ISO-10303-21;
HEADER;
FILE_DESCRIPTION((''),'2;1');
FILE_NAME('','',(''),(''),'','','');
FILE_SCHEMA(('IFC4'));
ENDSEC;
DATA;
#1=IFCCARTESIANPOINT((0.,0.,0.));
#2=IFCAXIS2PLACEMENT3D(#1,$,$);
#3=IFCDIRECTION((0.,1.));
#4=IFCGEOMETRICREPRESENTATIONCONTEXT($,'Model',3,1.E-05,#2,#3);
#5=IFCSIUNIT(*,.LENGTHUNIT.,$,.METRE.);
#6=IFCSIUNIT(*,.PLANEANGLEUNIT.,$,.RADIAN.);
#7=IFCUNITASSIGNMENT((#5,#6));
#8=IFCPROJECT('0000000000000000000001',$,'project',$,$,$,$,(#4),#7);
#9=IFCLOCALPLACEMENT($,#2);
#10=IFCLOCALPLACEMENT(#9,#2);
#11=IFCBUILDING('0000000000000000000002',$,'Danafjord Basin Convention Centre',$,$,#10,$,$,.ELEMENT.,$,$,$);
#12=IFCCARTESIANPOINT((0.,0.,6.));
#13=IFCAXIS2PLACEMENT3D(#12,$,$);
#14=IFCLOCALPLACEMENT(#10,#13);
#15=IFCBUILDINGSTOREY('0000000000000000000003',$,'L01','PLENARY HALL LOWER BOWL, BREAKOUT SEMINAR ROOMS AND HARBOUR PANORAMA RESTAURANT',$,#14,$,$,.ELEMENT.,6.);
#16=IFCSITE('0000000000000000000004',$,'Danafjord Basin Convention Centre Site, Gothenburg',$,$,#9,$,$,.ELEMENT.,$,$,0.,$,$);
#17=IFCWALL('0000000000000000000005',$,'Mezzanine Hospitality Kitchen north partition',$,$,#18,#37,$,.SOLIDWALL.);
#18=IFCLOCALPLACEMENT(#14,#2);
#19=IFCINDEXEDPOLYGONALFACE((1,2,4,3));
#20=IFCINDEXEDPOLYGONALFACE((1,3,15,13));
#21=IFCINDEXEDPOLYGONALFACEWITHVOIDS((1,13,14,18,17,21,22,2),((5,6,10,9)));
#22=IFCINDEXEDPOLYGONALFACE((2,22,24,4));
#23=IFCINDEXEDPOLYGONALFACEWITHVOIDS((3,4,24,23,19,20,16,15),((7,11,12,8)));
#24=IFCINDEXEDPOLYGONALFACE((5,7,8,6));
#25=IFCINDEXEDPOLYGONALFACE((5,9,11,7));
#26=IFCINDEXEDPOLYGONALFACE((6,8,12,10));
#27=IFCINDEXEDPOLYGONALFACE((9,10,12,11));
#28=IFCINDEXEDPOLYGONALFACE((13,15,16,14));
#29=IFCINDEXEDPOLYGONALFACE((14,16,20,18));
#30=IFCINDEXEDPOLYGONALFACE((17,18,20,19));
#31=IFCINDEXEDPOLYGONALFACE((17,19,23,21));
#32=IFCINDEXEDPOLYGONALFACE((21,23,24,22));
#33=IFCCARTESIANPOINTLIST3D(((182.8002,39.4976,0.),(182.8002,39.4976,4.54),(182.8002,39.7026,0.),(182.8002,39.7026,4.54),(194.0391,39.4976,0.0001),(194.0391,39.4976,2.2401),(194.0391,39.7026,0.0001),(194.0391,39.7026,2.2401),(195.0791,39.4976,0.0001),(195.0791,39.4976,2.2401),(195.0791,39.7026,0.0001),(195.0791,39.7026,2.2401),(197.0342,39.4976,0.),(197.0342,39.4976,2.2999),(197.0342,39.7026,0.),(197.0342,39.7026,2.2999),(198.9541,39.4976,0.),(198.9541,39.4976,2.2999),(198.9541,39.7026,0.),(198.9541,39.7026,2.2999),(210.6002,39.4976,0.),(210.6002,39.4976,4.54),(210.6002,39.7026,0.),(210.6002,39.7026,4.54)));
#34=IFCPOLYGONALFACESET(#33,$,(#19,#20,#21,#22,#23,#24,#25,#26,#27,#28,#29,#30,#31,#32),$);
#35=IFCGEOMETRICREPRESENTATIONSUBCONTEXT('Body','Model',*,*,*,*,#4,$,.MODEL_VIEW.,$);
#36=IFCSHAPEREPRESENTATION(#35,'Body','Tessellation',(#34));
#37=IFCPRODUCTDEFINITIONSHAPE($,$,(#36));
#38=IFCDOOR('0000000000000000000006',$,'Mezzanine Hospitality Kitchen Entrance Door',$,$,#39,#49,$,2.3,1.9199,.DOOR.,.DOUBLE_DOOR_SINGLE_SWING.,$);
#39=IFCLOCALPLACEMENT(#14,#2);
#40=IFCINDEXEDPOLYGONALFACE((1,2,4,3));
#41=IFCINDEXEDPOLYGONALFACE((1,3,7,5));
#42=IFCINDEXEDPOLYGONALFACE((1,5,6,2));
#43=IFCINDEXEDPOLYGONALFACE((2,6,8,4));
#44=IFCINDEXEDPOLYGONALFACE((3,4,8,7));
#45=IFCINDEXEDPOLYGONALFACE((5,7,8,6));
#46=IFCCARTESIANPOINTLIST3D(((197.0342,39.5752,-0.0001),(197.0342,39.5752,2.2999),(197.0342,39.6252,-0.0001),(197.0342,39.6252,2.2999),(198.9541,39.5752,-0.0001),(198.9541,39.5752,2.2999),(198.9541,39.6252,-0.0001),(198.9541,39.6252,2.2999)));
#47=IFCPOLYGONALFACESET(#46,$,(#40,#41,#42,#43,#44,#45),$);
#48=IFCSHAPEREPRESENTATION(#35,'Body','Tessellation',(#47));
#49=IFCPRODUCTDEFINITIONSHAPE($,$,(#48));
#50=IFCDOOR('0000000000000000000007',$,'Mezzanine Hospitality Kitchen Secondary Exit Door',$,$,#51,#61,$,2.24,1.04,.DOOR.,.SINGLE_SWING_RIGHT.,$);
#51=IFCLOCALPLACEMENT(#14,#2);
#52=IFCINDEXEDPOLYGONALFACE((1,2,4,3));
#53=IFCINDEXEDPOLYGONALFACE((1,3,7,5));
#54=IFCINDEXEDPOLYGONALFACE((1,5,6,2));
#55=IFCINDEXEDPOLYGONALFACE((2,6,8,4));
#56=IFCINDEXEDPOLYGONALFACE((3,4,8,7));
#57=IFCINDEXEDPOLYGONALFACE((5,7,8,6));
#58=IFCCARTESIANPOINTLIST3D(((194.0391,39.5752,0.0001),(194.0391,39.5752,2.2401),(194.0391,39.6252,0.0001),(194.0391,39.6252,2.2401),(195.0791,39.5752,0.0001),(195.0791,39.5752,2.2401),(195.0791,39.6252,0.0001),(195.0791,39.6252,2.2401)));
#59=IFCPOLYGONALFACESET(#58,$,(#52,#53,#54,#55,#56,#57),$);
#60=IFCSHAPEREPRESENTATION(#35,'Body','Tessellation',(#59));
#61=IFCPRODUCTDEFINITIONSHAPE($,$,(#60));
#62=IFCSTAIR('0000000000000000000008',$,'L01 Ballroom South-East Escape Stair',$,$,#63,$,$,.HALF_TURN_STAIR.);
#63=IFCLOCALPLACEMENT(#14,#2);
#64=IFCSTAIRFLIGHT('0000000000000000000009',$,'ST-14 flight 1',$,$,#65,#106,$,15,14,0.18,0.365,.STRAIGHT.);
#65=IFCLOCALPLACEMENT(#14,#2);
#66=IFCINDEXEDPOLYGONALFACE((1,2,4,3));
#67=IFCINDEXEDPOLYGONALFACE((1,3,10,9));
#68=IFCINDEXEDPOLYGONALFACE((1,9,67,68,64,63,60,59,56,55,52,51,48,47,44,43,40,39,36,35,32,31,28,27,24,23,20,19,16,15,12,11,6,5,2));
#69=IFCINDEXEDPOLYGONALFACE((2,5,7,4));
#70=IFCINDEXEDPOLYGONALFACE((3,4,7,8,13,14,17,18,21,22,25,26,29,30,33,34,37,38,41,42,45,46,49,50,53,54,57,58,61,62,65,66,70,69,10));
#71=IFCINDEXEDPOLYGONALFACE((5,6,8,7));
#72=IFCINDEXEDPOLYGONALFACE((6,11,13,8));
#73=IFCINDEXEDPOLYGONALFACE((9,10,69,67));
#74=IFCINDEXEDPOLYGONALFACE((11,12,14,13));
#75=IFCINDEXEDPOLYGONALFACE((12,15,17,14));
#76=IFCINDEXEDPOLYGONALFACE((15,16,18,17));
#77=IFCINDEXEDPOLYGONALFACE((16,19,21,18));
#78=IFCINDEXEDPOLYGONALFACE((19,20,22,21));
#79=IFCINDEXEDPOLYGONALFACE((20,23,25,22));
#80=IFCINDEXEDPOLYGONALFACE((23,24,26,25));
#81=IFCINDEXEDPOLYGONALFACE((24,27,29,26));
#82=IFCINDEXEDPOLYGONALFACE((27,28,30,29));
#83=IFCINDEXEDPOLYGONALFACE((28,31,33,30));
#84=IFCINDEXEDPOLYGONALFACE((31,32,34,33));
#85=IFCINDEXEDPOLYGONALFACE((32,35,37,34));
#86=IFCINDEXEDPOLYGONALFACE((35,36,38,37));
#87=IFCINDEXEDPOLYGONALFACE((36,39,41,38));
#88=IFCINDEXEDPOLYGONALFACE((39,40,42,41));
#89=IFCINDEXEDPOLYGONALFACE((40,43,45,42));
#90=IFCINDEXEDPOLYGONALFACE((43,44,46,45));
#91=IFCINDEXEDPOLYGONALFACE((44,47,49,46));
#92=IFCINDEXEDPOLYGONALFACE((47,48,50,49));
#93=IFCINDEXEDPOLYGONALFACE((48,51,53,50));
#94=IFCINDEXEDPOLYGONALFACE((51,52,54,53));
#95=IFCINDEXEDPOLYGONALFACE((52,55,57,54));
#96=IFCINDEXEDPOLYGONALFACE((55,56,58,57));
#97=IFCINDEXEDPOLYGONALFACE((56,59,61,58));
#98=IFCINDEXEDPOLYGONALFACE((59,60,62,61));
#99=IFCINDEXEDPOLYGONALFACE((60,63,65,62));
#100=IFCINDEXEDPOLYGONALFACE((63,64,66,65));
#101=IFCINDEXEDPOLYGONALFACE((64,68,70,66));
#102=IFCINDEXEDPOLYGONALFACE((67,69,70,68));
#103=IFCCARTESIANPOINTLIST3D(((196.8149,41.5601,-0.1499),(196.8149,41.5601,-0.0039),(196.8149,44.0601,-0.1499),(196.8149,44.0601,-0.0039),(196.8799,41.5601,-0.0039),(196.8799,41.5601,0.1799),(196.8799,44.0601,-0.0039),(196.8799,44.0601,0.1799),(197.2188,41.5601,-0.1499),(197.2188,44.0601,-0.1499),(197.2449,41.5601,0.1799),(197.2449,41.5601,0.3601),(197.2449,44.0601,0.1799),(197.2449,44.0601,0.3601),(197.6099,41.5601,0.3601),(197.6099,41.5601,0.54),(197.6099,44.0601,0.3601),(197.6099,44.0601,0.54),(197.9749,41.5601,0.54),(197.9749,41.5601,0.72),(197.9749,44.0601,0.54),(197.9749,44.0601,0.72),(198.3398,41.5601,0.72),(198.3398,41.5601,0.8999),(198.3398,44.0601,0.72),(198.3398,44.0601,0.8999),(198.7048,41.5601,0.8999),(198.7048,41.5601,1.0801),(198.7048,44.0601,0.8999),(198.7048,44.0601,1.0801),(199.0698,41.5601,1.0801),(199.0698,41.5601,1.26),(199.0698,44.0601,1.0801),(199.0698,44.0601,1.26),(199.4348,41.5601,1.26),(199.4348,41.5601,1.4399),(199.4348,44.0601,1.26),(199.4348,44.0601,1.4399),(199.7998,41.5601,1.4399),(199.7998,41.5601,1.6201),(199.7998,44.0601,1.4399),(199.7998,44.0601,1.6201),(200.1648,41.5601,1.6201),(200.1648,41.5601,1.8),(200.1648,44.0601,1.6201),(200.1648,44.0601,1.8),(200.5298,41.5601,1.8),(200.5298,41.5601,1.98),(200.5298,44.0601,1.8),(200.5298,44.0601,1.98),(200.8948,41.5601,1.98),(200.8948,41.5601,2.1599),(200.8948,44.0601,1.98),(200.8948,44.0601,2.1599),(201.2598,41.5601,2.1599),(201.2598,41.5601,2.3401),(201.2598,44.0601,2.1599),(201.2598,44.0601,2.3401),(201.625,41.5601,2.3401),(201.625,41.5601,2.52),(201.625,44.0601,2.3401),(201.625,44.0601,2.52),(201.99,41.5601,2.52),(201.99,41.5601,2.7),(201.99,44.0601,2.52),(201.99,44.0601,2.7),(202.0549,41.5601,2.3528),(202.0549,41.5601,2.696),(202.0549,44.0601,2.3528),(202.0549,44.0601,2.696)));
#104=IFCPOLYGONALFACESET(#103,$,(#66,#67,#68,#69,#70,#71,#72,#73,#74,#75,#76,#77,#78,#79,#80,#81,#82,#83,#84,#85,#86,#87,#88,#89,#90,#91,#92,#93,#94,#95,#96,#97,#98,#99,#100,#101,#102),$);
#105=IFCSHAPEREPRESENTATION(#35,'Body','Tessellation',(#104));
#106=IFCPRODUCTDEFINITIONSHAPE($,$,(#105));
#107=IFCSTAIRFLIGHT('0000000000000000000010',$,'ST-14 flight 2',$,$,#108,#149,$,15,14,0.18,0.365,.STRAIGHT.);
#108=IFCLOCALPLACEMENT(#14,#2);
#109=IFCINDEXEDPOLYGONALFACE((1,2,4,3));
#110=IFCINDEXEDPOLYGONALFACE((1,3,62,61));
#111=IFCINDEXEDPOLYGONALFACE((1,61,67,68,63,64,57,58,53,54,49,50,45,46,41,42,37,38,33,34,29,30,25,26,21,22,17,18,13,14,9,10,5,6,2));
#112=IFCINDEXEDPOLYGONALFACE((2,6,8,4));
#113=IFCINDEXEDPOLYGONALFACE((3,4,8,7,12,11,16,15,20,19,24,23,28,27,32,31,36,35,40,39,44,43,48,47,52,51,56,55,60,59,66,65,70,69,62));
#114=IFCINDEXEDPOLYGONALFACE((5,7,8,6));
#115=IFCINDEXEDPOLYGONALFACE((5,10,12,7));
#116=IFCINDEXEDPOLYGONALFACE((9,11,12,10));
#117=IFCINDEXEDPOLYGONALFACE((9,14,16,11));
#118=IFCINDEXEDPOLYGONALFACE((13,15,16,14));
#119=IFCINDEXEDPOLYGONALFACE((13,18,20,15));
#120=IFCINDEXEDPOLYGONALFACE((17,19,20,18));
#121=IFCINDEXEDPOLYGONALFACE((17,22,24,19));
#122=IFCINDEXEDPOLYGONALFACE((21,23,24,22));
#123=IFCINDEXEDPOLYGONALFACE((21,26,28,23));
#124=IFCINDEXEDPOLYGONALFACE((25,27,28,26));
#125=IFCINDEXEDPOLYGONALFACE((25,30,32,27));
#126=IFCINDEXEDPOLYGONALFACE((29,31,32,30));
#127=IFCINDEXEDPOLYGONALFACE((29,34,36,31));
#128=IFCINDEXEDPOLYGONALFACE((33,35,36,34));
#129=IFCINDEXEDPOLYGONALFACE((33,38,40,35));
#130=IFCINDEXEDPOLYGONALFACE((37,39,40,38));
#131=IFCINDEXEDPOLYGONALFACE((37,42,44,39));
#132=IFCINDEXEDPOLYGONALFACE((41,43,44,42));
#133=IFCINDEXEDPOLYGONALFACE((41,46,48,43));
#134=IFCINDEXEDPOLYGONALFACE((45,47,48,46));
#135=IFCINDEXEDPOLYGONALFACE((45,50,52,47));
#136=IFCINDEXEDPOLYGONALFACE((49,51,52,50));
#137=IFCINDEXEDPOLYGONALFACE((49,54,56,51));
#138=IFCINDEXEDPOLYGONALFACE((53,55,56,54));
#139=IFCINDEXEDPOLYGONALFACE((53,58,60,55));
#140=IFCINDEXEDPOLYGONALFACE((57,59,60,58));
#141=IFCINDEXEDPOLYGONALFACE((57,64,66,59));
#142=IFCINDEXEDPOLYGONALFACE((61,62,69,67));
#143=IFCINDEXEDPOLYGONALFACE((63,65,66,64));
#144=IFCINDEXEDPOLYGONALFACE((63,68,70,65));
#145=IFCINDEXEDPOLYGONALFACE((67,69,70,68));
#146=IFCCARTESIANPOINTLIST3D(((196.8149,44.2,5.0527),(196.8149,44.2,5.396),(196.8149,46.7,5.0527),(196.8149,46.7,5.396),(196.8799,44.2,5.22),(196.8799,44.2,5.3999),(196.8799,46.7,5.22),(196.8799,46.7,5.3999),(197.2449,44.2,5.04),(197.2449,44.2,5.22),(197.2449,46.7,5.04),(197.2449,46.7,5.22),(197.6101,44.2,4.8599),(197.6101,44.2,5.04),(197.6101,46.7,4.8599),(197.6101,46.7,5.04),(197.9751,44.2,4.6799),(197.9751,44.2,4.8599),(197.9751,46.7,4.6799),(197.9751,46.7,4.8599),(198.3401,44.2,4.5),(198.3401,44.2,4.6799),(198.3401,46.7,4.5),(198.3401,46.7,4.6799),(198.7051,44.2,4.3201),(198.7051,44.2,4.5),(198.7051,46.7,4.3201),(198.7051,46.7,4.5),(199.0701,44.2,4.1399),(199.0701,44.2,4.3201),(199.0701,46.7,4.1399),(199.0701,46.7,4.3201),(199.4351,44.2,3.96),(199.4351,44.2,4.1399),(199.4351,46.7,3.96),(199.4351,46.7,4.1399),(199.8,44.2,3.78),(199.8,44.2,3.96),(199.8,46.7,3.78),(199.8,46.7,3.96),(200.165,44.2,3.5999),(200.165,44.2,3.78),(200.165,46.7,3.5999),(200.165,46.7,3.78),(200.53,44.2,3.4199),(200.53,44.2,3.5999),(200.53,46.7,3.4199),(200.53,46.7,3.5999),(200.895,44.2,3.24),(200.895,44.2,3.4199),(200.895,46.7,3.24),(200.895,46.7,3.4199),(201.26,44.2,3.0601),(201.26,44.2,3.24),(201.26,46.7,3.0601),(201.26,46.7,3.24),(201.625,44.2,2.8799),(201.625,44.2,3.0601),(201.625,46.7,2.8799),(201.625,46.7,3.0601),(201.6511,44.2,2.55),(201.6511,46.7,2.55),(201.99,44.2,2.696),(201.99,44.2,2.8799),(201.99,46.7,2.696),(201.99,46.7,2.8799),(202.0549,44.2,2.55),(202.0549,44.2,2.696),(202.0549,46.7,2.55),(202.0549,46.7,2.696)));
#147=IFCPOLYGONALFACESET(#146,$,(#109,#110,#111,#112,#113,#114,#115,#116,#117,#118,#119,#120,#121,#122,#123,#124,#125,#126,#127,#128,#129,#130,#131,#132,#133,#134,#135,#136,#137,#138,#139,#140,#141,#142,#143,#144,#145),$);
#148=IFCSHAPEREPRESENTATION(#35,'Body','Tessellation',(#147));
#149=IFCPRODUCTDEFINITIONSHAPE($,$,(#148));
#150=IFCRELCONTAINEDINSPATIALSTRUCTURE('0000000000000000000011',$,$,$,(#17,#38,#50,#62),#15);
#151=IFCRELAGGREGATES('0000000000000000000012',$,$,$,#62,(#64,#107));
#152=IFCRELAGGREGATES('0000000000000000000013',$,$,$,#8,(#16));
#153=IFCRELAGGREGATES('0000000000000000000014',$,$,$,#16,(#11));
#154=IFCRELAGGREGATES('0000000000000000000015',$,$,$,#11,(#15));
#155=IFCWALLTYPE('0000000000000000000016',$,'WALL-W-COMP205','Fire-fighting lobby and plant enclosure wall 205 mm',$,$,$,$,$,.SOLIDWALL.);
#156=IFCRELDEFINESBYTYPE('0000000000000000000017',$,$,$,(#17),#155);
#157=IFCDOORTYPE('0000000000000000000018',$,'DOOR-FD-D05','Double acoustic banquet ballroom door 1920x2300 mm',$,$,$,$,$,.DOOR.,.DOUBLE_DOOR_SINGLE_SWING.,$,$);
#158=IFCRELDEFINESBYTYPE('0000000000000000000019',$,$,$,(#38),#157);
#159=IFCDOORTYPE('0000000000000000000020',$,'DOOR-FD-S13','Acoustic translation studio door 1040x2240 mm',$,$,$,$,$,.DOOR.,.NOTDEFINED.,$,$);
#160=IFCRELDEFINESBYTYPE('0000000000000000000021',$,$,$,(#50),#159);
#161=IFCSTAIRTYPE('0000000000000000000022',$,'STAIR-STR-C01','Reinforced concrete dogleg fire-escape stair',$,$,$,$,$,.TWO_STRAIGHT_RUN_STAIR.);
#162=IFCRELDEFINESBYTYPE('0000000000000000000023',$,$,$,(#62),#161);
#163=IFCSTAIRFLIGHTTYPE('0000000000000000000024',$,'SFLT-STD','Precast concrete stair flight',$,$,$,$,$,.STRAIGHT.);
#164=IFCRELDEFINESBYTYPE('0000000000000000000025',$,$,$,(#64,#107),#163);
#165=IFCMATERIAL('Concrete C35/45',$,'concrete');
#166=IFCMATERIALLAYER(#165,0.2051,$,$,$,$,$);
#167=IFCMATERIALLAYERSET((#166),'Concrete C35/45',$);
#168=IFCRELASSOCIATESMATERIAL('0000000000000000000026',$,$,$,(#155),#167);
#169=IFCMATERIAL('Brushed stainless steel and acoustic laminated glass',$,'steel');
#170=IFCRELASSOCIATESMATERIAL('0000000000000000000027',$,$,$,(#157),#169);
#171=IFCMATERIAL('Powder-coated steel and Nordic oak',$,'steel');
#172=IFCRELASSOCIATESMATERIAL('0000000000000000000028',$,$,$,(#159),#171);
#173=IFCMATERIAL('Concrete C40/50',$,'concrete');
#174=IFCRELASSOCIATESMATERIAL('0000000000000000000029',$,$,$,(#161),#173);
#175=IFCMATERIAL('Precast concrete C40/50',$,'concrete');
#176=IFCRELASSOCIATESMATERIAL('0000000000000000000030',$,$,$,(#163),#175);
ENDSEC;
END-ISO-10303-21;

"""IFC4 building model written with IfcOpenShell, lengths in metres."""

from ifc_helpers import new_model, si_unit, direction, frame, frame_2d, origin, place, context, subcontext, project, spatial, polyline, rectangle, outline, extrude, material, layer, layer_set, type_object, element, fill, aggregate, save


model = new_model("IFC4")

# Units and contexts
model_context = context("Model", 3, precision=1e-05, world=origin(), true_north=direction((0.0, 1.0)))
body_context = subcontext(model_context, "Body", "Model", "MODEL_VIEW")
ifc_project = project(units=[si_unit("LENGTHUNIT", "METRE"), si_unit("PLANEANGLEUNIT", "RADIAN")], contexts=[model_context])

# Site, building, storey
site_placement = place(None, origin())
site = spatial("IfcSite", under=ifc_project, at=site_placement, Name="Danafjord Basin Convention Centre Site, Gothenburg", CompositionType="ELEMENT", RefElevation=0.0)
building_placement = place(site_placement, origin())
building = spatial("IfcBuilding", under=site, at=building_placement, Name="Danafjord Basin Convention Centre", CompositionType="ELEMENT")
storey_placement = place(building_placement, frame((0.0, 0.0, 6.0)))
storey = spatial("IfcBuildingStorey", under=building, at=storey_placement, Name="L01", Description="PLENARY HALL LOWER BOWL, BREAKOUT SEMINAR ROOMS AND HARBOUR PANORAMA RESTAURANT", CompositionType="ELEMENT", Elevation=6.0)

# Shared definitions
ifc_material_1 = material(Name="Concrete C40/50", Category="concrete")

# Shared definitions
ifc_material_2 = material(Name="Powder-coated steel and Nordic oak", Category="steel")

# Wall, openings, doors
ifc_material_3 = material(Name="Concrete C35/45", Category="concrete")
ifc_layer_1 = layer(ifc_material_3, 0.2051)
ifc_layer_set_1 = layer_set([ifc_layer_1], Name="Concrete C35/45")
wall_type_1 = type_object("IfcWallType", Name="WALL-W-COMP205", Description="Fire-fighting lobby and plant enclosure wall 205 mm", PredefinedType="SOLIDWALL", material=ifc_layer_set_1)
wall_1_placement = place(storey_placement, frame((210.6001, 39.6001, 0.0), z_axis=(0.0, 0.0, 1.0), x_axis=(-1.0, 0.0, 0.0)))
wall_1 = element("IfcWall", 1, at=wall_1_placement, inside=storey, type_object=wall_type_1, Name="Mezzanine Hospitality Kitchen north partition", PredefinedType="SOLIDWALL", context=body_context, shape_type="SweptSolid", body=[
    extrude(rectangle(XDim=27.8, YDim=0.2051, at=frame_2d((13.8999, 0.0))), origin(), (0.0, 0.0, 1.0), 4.54),
])
opening_1_placement = place(wall_1_placement, frame((11.646, 0.0, 0.0)))
opening_1 = element("IfcOpeningElement", 2, at=opening_1_placement, cuts=wall_1, PredefinedType="OPENING", context=body_context, shape_type="SweptSolid", body=[
    extrude(rectangle(XDim=1.9199, YDim=2.3, at=frame_2d((0.96, 1.1499))), frame((0.0, 0.1125, 0.0), z_axis=(0.0, -1.0, 0.0), x_axis=(1.0, 0.0, 0.0)), (0.0, 0.0, 1.0), 0.2251),
])
opening_2_placement = place(wall_1_placement, frame((15.521, 0.0, 0.0)))
opening_2 = element("IfcOpeningElement", 3, at=opening_2_placement, cuts=wall_1, PredefinedType="OPENING", context=body_context, shape_type="SweptSolid", body=[
    extrude(rectangle(XDim=1.04, YDim=2.24, at=frame_2d((0.52, 1.1201))), frame((0.0, 0.1125, 0.0), z_axis=(0.0, -1.0, 0.0), x_axis=(1.0, 0.0, 0.0)), (0.0, 0.0, 1.0), 0.2251),
])
ifc_material_4 = material(Name="Brushed stainless steel and acoustic laminated glass", Category="steel")
door_type_1 = type_object("IfcDoorType", Name="DOOR-FD-D05", Description="Double acoustic banquet ballroom door 1920x2300 mm", OperationType="DOUBLE_DOOR_SINGLE_SWING", PredefinedType="DOOR", material=ifc_material_4)
door_1_placement = place(opening_1_placement, origin())
door_1 = element("IfcDoor", 4, at=door_1_placement, inside=storey, type_object=door_type_1, Name="Mezzanine Hospitality Kitchen Entrance Door", OperationType="DOUBLE_DOOR_SINGLE_SWING", OverallHeight=2.3, OverallWidth=1.9199, PredefinedType="DOOR", context=body_context, shape_type="SweptSolid", body=[
    extrude(rectangle(XDim=1.9199, YDim=2.3, at=frame_2d((0.96, 1.1499))), frame((0.0, 0.0249, 0.0), z_axis=(0.0, -1.0, 0.0), x_axis=(1.0, 0.0, 0.0)), (0.0, 0.0, 1.0), 0.05),
])
fill(opening_1, door_1)
door_type_2 = type_object("IfcDoorType", Name="DOOR-FD-S13", Description="Acoustic translation studio door 1040x2240 mm", OperationType="NOTDEFINED", PredefinedType="DOOR", material=ifc_material_2)
door_2_placement = place(opening_2_placement, origin())
door_2 = element("IfcDoor", 5, at=door_2_placement, inside=storey, type_object=door_type_2, Name="Mezzanine Hospitality Kitchen Secondary Exit Door", OperationType="SINGLE_SWING_RIGHT", OverallHeight=2.24, OverallWidth=1.04, PredefinedType="DOOR", context=body_context, shape_type="SweptSolid", body=[
    extrude(rectangle(XDim=1.04, YDim=2.24, at=frame_2d((0.52, 1.1201))), frame((0.0, 0.0249, 0.0), z_axis=(0.0, -1.0, 0.0), x_axis=(1.0, 0.0, 0.0)), (0.0, 0.0, 1.0), 0.05),
])
fill(opening_2, door_2)

# Stair, stair flights
stair_type = type_object("IfcStairType", Name="STAIR-STR-C01", Description="Reinforced concrete dogleg fire-escape stair", PredefinedType="TWO_STRAIGHT_RUN_STAIR", material=ifc_material_1)
stair_placement = place(storey_placement, origin())
stair = element("IfcStair", 6, at=stair_placement, inside=storey, type_object=stair_type, Name="L01 Ballroom South-East Escape Stair", PredefinedType="HALF_TURN_STAIR")
ifc_material_5 = material(Name="Precast concrete C40/50", Category="concrete")
stair_flight_type = type_object("IfcStairFlightType", Name="SFLT-STD", Description="Precast concrete stair flight", PredefinedType="STRAIGHT", material=ifc_material_5)
stair_flight_1_placement = place(storey_placement, frame((196.8799, 42.8101, 0.0), z_axis=(0.0, 0.0, 1.0), x_axis=(1.0, 0.0, 0.0)))
stair_flight_1 = element("IfcStairFlight", 7, at=stair_flight_1_placement, type_object=stair_flight_type, Name="ST-14 flight 1", NumberOfRisers=15, NumberOfTreads=14, PredefinedType="STRAIGHT", RiserHeight=0.18, TreadLength=0.365, context=body_context, shape_type="SweptSolid", body=[
    extrude(outline(polyline([(-0.0649, -0.1499), (-0.0649, -0.0039), (0.0, -0.0039), (0.0, 0.1799), (0.365, 0.1799), (0.365, 0.3601), (0.73, 0.3601), (0.73, 0.54), (1.095, 0.54), (1.095, 0.72), (1.46, 0.72), (1.46, 0.8999), (1.825, 0.8999), (1.825, 1.0801), (2.1899, 1.0801), (2.1899, 1.26), (2.5549, 1.26), (2.5549, 1.4399), (2.9199, 1.4399), (2.9199, 1.6201), (3.2849, 1.6201), (3.2849, 1.8), (3.6499, 1.8), (3.6499, 1.98), (4.0149, 1.98), (4.0149, 2.1599), (4.3799, 2.1599), (4.3799, 2.3401), (4.7451, 2.3401), (4.7451, 2.52), (5.1101, 2.52), (5.1101, 2.7), (5.175, 2.696), (5.175, 2.3528), (0.3389, -0.1499), (-0.0649, -0.1499)])), frame((0.0, 1.25, 0.0), z_axis=(0.0, -1.0, 0.0), x_axis=(1.0, 0.0, 0.0)), (0.0, 0.0, 1.0), 2.5),
])
stair_flight_2_placement = place(storey_placement, frame((201.99, 45.45, 2.7), z_axis=(0.0, 0.0, 1.0), x_axis=(-1.0, 0.0, 0.0)))
stair_flight_2 = element("IfcStairFlight", 8, at=stair_flight_2_placement, type_object=stair_flight_type, Name="ST-14 flight 2", NumberOfRisers=15, NumberOfTreads=14, PredefinedType="STRAIGHT", RiserHeight=0.18, TreadLength=0.365, context=body_context, shape_type="SweptSolid", body=[
    extrude(outline(polyline([(-0.0649, -0.1499), (-0.0649, -0.0039), (0.0, -0.0039), (0.0, 0.1799), (0.365, 0.1799), (0.365, 0.3601), (0.73, 0.3601), (0.73, 0.54), (1.095, 0.54), (1.095, 0.72), (1.46, 0.72), (1.46, 0.8999), (1.825, 0.8999), (1.825, 1.0801), (2.1899, 1.0801), (2.1899, 1.26), (2.5549, 1.26), (2.5549, 1.4399), (2.9199, 1.4399), (2.9199, 1.6201), (3.2849, 1.6201), (3.2849, 1.8), (3.6499, 1.8), (3.6499, 1.98), (4.0149, 1.98), (4.0149, 2.1599), (4.3799, 2.1599), (4.3799, 2.3401), (4.7451, 2.3401), (4.7451, 2.52), (5.1101, 2.52), (5.1101, 2.7), (5.175, 2.696), (5.175, 2.3528), (0.3389, -0.1499), (-0.0649, -0.1499)])), frame((0.0, 1.25, 0.0), z_axis=(0.0, -1.0, 0.0), x_axis=(1.0, 0.0, 0.0)), (0.0, 0.0, 1.0), 2.5),
])
aggregate(stair, [stair_flight_1, stair_flight_2])

save(model, "model.ifc")
